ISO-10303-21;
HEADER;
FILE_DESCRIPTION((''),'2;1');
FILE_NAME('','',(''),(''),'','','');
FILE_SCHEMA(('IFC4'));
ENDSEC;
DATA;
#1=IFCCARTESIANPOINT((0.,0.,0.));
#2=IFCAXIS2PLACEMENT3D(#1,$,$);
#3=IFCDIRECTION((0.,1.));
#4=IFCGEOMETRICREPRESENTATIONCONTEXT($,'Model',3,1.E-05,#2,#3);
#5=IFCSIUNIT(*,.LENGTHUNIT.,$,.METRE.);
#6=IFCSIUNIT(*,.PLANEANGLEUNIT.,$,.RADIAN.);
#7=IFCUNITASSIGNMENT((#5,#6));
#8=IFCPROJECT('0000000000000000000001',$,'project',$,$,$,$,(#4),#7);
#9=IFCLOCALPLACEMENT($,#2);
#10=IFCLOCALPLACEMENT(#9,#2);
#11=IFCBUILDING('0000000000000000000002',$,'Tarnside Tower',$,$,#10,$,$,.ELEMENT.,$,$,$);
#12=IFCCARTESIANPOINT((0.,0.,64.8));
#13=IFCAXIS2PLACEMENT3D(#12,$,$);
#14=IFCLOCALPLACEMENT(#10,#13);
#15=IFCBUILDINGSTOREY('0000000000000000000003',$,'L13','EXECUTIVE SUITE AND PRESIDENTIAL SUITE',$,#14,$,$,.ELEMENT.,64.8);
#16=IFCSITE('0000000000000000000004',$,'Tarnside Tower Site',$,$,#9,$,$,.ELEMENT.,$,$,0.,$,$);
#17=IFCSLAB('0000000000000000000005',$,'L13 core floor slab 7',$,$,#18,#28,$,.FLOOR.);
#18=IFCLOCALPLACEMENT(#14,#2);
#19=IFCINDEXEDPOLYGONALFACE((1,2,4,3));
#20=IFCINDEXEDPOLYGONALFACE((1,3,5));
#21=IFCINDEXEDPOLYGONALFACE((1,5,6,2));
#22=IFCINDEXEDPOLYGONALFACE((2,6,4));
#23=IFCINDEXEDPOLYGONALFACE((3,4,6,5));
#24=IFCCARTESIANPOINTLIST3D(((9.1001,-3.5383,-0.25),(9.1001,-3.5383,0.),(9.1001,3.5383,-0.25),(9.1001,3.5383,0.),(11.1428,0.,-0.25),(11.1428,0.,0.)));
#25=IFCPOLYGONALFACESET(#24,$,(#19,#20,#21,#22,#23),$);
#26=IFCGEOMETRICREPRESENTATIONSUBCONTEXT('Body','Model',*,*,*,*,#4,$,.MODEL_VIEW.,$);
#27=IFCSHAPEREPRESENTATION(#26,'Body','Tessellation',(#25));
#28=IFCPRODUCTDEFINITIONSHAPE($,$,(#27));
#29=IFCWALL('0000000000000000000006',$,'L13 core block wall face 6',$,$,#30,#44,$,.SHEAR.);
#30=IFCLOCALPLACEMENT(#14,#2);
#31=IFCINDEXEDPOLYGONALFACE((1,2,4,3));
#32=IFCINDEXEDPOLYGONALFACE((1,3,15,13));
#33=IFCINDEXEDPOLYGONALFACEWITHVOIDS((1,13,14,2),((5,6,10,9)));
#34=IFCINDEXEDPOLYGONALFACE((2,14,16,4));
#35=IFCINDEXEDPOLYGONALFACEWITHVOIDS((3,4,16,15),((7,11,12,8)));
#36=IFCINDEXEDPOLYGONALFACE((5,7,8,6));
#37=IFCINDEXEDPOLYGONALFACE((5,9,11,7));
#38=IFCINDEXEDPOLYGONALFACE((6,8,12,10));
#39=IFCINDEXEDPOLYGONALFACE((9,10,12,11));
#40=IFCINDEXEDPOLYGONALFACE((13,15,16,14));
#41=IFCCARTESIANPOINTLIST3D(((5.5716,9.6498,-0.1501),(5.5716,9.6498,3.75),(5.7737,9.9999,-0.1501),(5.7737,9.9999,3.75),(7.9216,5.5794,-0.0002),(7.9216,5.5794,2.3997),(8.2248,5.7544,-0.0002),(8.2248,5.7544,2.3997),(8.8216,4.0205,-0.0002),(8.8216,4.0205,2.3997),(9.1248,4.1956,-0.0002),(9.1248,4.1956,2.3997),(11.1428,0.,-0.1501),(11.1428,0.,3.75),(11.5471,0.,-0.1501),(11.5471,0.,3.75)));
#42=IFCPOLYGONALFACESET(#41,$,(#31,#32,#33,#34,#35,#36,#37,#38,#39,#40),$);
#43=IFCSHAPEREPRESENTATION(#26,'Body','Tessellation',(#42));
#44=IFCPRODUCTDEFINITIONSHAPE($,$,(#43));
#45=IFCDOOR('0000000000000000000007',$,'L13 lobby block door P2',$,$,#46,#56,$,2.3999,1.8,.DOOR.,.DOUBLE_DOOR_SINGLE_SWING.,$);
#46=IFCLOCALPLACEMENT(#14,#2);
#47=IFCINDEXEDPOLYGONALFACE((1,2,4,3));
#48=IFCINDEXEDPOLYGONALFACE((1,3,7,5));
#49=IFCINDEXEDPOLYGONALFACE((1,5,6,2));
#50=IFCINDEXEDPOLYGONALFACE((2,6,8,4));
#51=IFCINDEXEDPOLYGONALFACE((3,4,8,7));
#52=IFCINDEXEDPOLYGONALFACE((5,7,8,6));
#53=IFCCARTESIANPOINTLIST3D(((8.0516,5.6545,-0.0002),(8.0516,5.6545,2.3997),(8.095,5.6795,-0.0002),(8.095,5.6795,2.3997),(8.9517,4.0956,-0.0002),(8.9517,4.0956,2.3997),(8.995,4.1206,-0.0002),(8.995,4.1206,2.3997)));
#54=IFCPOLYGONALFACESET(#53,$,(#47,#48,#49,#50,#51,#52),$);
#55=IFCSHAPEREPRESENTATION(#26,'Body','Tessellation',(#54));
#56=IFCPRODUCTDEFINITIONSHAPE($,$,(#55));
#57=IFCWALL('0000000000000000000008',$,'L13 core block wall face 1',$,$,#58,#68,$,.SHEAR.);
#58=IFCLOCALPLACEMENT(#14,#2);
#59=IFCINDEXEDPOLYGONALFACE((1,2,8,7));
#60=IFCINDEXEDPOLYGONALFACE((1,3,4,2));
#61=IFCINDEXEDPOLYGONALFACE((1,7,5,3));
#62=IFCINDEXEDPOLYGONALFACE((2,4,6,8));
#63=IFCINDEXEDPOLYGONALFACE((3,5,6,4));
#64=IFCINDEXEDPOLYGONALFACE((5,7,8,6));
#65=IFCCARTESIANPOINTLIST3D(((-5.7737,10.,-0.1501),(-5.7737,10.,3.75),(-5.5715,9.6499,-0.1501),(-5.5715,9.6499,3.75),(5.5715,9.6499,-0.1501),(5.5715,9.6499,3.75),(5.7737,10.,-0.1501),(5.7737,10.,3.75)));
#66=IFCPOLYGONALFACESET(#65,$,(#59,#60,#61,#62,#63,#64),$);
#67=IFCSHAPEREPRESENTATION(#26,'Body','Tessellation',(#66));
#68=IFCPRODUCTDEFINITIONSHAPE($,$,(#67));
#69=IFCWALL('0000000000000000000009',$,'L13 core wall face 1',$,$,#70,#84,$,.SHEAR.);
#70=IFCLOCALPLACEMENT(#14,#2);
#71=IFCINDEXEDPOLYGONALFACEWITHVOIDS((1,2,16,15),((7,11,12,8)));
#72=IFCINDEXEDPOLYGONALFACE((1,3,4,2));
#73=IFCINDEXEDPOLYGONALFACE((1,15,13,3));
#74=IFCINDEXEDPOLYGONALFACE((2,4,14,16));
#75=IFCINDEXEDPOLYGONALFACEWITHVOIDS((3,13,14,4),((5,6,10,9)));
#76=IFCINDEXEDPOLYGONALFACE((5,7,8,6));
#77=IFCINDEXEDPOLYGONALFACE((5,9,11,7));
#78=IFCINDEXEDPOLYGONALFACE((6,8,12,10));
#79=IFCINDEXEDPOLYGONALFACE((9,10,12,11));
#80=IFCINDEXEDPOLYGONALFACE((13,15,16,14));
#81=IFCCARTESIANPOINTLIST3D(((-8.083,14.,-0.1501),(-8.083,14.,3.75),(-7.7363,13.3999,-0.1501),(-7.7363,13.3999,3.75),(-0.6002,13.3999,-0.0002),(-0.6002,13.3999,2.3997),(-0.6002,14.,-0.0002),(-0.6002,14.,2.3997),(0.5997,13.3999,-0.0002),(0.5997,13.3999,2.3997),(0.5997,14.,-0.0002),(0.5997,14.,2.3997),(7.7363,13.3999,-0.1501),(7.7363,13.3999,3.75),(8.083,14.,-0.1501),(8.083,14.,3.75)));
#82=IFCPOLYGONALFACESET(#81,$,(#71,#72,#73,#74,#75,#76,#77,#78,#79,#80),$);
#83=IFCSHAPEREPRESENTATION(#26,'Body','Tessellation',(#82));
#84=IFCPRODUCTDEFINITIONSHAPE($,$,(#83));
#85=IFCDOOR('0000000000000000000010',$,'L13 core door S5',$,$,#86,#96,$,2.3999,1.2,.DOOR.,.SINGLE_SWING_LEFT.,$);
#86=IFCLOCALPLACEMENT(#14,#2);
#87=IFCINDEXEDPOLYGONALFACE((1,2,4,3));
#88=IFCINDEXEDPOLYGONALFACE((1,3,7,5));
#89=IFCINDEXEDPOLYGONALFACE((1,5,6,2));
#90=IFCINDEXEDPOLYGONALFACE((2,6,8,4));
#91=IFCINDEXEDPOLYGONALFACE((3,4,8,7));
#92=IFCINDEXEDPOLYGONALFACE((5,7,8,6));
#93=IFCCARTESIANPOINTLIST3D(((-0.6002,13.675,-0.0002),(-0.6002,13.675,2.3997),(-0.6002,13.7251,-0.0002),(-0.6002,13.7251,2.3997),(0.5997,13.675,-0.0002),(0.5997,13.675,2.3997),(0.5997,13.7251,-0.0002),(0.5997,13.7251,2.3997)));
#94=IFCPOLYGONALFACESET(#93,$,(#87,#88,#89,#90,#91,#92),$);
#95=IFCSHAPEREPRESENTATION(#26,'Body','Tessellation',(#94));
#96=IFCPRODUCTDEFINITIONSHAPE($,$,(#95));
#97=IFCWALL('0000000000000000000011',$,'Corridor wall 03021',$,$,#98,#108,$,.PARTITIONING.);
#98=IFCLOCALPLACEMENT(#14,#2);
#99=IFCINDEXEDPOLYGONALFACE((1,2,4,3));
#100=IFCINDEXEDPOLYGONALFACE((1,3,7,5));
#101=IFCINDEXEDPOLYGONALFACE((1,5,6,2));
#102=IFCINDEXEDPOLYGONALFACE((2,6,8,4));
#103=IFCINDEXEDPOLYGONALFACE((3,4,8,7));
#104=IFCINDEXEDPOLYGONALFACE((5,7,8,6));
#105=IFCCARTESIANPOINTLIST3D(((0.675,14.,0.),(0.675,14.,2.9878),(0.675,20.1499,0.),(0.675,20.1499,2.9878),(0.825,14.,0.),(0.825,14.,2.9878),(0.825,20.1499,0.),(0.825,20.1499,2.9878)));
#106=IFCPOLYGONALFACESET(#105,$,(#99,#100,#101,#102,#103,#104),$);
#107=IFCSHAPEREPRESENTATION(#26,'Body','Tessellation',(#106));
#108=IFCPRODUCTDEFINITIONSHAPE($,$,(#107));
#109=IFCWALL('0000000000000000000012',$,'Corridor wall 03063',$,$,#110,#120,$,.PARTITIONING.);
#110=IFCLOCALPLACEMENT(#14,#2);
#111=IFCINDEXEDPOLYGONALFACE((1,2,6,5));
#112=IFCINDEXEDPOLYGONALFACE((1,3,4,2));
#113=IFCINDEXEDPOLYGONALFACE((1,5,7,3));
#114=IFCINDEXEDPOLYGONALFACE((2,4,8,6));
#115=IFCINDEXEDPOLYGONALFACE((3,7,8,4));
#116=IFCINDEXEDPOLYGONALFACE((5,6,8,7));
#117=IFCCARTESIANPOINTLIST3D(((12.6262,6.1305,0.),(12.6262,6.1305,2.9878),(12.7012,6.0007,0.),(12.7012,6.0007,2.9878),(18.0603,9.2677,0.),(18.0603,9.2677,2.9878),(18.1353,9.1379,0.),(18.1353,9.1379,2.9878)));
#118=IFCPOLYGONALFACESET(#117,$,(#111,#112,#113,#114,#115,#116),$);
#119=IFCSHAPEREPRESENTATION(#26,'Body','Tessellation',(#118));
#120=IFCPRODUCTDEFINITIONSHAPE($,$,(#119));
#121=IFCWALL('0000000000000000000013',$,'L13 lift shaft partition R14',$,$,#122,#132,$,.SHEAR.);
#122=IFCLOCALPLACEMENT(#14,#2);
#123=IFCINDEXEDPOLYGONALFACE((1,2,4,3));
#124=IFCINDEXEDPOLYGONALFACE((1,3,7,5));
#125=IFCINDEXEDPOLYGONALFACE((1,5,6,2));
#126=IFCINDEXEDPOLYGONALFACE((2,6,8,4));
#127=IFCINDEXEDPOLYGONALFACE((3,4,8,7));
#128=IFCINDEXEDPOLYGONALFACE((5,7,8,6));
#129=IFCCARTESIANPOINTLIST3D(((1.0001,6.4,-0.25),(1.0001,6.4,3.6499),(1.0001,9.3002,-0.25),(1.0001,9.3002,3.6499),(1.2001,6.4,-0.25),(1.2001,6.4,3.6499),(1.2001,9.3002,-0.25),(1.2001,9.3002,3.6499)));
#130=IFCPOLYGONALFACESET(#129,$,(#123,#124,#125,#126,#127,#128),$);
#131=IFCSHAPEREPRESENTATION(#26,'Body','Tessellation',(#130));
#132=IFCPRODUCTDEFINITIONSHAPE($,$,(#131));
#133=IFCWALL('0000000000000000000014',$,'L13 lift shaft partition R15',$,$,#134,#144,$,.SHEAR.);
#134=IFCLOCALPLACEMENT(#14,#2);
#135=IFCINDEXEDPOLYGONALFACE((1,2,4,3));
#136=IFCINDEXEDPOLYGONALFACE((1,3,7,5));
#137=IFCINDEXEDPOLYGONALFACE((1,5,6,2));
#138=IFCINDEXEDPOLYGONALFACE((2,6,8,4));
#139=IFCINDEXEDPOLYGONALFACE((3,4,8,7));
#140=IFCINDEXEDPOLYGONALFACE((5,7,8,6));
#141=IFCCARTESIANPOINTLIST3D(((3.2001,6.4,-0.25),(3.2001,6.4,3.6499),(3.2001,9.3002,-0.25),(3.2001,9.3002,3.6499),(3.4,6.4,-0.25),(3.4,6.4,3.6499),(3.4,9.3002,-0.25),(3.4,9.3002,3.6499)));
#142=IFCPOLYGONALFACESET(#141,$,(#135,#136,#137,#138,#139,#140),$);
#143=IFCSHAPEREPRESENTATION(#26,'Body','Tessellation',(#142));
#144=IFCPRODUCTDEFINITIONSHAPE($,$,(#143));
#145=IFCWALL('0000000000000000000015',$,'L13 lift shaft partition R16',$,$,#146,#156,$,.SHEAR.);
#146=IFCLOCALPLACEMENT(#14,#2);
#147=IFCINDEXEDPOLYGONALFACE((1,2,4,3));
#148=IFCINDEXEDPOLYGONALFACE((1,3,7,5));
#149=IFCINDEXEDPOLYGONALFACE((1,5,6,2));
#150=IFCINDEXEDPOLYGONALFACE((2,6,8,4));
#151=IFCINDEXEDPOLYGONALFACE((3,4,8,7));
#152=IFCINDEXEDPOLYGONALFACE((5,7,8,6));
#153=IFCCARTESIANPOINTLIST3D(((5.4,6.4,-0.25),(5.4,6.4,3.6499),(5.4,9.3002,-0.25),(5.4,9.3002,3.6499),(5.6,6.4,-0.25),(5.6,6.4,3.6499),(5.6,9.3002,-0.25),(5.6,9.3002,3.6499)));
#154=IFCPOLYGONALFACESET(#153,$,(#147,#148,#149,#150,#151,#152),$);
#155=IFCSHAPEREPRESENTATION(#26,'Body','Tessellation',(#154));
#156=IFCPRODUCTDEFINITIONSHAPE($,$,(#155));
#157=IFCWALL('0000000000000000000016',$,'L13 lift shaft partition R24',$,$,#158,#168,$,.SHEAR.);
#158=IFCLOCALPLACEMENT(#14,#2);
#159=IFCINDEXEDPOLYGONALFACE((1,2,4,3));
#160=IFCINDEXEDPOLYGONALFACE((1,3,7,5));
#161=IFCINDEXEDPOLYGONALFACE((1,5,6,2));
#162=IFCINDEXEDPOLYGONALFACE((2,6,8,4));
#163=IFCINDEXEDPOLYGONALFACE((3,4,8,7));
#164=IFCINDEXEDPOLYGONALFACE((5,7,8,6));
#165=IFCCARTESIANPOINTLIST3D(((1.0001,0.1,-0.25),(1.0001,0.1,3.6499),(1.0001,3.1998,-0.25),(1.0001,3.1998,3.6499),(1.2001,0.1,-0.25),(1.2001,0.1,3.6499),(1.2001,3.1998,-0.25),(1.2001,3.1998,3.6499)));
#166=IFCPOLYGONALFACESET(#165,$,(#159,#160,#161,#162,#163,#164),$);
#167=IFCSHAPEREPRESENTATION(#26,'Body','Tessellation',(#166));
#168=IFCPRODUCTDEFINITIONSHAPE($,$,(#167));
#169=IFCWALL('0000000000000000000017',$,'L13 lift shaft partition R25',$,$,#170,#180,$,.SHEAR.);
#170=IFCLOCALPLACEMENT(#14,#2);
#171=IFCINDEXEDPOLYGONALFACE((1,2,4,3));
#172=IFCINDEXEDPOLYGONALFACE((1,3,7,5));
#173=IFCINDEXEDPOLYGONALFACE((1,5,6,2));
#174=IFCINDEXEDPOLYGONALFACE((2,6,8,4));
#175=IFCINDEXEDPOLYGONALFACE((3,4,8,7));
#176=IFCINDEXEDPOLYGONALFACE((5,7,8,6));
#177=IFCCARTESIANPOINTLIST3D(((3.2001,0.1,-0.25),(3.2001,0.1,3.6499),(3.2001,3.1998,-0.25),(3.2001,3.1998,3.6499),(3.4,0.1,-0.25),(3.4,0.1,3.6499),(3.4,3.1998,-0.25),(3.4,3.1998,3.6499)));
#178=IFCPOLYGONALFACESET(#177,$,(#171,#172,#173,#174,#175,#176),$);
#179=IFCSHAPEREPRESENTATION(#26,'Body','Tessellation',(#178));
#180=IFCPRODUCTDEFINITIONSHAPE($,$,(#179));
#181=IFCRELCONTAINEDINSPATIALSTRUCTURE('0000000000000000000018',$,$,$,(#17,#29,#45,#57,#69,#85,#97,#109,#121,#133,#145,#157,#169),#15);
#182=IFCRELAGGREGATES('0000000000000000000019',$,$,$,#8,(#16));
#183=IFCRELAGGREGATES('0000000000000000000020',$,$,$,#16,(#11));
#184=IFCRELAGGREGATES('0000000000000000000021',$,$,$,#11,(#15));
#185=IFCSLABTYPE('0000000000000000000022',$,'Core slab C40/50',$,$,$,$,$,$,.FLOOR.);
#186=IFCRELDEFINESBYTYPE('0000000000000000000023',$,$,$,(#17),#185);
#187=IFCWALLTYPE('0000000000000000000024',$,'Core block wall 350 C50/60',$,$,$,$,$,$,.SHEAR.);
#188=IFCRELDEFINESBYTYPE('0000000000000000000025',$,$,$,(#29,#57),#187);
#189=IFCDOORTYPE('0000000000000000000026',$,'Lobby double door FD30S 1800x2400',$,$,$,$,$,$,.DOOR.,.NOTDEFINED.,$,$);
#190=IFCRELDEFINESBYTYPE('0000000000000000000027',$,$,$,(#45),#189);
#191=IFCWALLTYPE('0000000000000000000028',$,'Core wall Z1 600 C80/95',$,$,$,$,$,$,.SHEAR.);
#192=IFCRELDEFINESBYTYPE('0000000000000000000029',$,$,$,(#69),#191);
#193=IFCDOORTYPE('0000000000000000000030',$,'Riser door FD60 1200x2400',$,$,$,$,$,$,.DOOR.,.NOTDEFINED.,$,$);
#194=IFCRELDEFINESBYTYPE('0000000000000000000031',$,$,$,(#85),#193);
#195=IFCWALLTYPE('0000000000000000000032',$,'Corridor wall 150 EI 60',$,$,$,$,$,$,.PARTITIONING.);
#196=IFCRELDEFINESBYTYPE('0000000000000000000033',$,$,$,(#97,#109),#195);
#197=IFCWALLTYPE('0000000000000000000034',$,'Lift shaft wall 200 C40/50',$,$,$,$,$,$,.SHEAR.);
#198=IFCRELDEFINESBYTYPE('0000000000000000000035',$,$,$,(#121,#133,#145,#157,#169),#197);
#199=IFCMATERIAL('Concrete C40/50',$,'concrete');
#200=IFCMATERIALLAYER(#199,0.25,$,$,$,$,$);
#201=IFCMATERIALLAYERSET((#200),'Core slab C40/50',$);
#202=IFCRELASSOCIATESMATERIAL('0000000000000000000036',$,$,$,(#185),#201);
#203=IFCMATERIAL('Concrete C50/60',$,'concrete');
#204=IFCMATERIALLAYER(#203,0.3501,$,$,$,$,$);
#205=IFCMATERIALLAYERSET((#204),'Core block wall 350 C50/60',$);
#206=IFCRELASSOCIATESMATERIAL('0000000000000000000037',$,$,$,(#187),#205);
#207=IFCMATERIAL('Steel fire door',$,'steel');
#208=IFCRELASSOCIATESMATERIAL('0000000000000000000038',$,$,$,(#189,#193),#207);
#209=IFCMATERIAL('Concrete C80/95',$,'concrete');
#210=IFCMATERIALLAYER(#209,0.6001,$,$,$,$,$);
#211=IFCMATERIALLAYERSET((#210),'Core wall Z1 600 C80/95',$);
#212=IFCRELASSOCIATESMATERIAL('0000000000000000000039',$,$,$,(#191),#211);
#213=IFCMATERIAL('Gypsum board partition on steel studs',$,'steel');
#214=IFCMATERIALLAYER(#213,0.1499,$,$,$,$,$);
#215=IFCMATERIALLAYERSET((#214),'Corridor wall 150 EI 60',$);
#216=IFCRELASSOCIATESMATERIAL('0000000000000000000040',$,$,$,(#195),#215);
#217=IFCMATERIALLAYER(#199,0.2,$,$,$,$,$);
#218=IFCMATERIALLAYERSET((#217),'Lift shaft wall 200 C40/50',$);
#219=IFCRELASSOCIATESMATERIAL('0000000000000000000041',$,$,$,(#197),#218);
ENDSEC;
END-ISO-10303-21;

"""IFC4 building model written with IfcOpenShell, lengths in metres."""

from ifc_helpers import new_model, si_unit, direction, frame, frame_2d, origin, place, context, subcontext, project, spatial, polyline, rectangle, outline, extrude, material, layer, layer_set, type_object, element, fill, save


model = new_model("IFC4")

# Units and contexts
model_context = context("Model", 3, precision=1e-05, world=origin(), true_north=direction((0.0, 1.0)))
body_context = subcontext(model_context, "Body", "Model", "MODEL_VIEW")
ifc_project = project(units=[si_unit("LENGTHUNIT", "METRE"), si_unit("PLANEANGLEUNIT", "RADIAN")], contexts=[model_context])

# Site, building, storey
site_placement = place(None, origin())
site = spatial("IfcSite", under=ifc_project, at=site_placement, Name="Tarnside Tower Site", CompositionType="ELEMENT", RefElevation=0.0)
building_placement = place(site_placement, origin())
building = spatial("IfcBuilding", under=site, at=building_placement, Name="Tarnside Tower", CompositionType="ELEMENT")
storey_placement = place(building_placement, frame((0.0, 0.0, 64.8)))
storey = spatial("IfcBuildingStorey", under=building, at=storey_placement, Name="L13", Description="EXECUTIVE SUITE AND PRESIDENTIAL SUITE", CompositionType="ELEMENT", Elevation=64.8)

# Slab
ifc_material_1 = material(Name="Concrete C40/50", Category="concrete")
ifc_layer_1 = layer(ifc_material_1, 0.25)
ifc_layer_set_1 = layer_set([ifc_layer_1], Name="Core slab C40/50")
slab_type = type_object("IfcSlabType", Name="Core slab C40/50", PredefinedType="FLOOR", material=ifc_layer_set_1)
slab_placement = place(storey_placement, frame((0.0, 0.0, -0.25)))
element("IfcSlab", 1, at=slab_placement, inside=storey, type_object=slab_type, Name="L13 core floor slab 7", PredefinedType="FLOOR", context=body_context, shape_type="SweptSolid", body=[
    extrude(outline(polyline([(9.1001, -3.5383), (9.1001, 3.5383), (11.1428, 0.0), (9.1001, -3.5383)])), origin(), (0.0, 0.0, 1.0), 0.25),
])

# Wall, opening, door
ifc_material_2 = material(Name="Concrete C50/60", Category="concrete")
ifc_layer_2 = layer(ifc_material_2, 0.3501)
ifc_layer_set_2 = layer_set([ifc_layer_2], Name="Core block wall 350 C50/60")
wall_type_1 = type_object("IfcWallType", Name="Core block wall 350 C50/60", PredefinedType="SHEAR", material=ifc_layer_set_2)
wall_1_placement = place(storey_placement, frame((11.345, 0.0, -0.1501), z_axis=(0.0, 0.0, 1.0), x_axis=(-0.499995, 0.866028, 0.0)))
wall_1 = element("IfcWall", 2, at=wall_1_placement, inside=storey, type_object=wall_type_1, Name="L13 core block wall face 6", PredefinedType="SHEAR", context=body_context, shape_type="SweptSolid", body=[
    extrude(outline(polyline([(-0.1011, -0.175), (11.4458, -0.175), (11.2437, 0.175), (0.1011, 0.175), (-0.1011, -0.175)])), origin(), (0.0, 0.0, 1.0), 3.9001),
])
opening_1_placement = place(wall_1_placement, frame((4.7437, 0.0, 0.1499)))
opening_1 = element("IfcOpeningElement", 3, at=opening_1_placement, cuts=wall_1, PredefinedType="OPENING", context=body_context, shape_type="SweptSolid", body=[
    extrude(rectangle(XDim=1.8, YDim=2.3999, at=frame_2d((0.8999, 1.2))), frame((0.0, 0.1851, 0.0), z_axis=(0.0, -1.0, 0.0), x_axis=(1.0, 0.0, 0.0)), (0.0, 0.0, 1.0), 0.3701),
])
ifc_material_3 = material(Name="Steel fire door", Category="steel")
door_type_1 = type_object("IfcDoorType", Name="Lobby double door FD30S 1800x2400", OperationType="NOTDEFINED", PredefinedType="DOOR", material=ifc_material_3)
door_1_placement = place(opening_1_placement, origin())
door_1 = element("IfcDoor", 4, at=door_1_placement, inside=storey, type_object=door_type_1, Name="L13 lobby block door P2", OperationType="DOUBLE_DOOR_SINGLE_SWING", OverallHeight=2.3999, OverallWidth=1.8, PredefinedType="DOOR", context=body_context, shape_type="SweptSolid", body=[
    extrude(rectangle(XDim=1.8, YDim=2.3999, at=frame_2d((0.8999, 1.2))), frame((0.0, 0.0249, 0.0), z_axis=(0.0, -1.0, 0.0), x_axis=(1.0, 0.0, 0.0)), (0.0, 0.0, 1.0), 0.05),
])
fill(opening_1, door_1)

# Wall
wall_2_placement = place(storey_placement, frame((5.6726, 9.825, -0.1501), z_axis=(0.0, 0.0, 1.0), x_axis=(-1.0, 0.0, 0.0)))
element("IfcWall", 5, at=wall_2_placement, inside=storey, type_object=wall_type_1, Name="L13 core block wall face 1", PredefinedType="SHEAR", context=body_context, shape_type="SweptSolid", body=[
    extrude(outline(polyline([(-0.1011, -0.175), (11.4463, -0.175), (11.2441, 0.175), (0.1011, 0.175), (-0.1011, -0.175)])), origin(), (0.0, 0.0, 1.0), 3.9001),
])

# Wall, opening, door
ifc_material_4 = material(Name="Concrete C80/95", Category="concrete")
ifc_layer_3 = layer(ifc_material_4, 0.6001)
ifc_layer_set_3 = layer_set([ifc_layer_3], Name="Core wall Z1 600 C80/95")
wall_type_2 = type_object("IfcWallType", Name="Core wall Z1 600 C80/95", PredefinedType="SHEAR", material=ifc_layer_set_3)
wall_3_placement = place(storey_placement, frame((7.9097, 13.7, -0.1501), z_axis=(0.0, 0.0, 1.0), x_axis=(-1.0, 0.0, 0.0)))
wall_3 = element("IfcWall", 6, at=wall_3_placement, inside=storey, type_object=wall_type_2, Name="L13 core wall face 1", PredefinedType="SHEAR", context=body_context, shape_type="SweptSolid", body=[
    extrude(outline(polyline([(-0.1733, -0.3), (15.9927, -0.3), (15.646, 0.3), (0.1733, 0.3), (-0.1733, -0.3)])), origin(), (0.0, 0.0, 1.0), 3.9001),
])
opening_2_placement = place(wall_3_placement, frame((7.3098, 0.0, 0.1499)))
opening_2 = element("IfcOpeningElement", 7, at=opening_2_placement, cuts=wall_3, PredefinedType="OPENING", context=body_context, shape_type="SweptSolid", body=[
    extrude(rectangle(XDim=1.2, YDim=2.3999, at=frame_2d((0.6001, 1.2))), frame((0.0, 0.3101, 0.0), z_axis=(0.0, -1.0, 0.0), x_axis=(1.0, 0.0, 0.0)), (0.0, 0.0, 1.0), 0.6201),
])
door_type_2 = type_object("IfcDoorType", Name="Riser door FD60 1200x2400", OperationType="NOTDEFINED", PredefinedType="DOOR", material=ifc_material_3)
door_2_placement = place(opening_2_placement, origin())
door_2 = element("IfcDoor", 8, at=door_2_placement, inside=storey, type_object=door_type_2, Name="L13 core door S5", OperationType="SINGLE_SWING_LEFT", OverallHeight=2.3999, OverallWidth=1.2, PredefinedType="DOOR", context=body_context, shape_type="SweptSolid", body=[
    extrude(rectangle(XDim=1.2, YDim=2.3999, at=frame_2d((0.6001, 1.2))), frame((0.0, 0.0249, 0.0), z_axis=(0.0, -1.0, 0.0), x_axis=(1.0, 0.0, 0.0)), (0.0, 0.0, 1.0), 0.05),
])
fill(opening_2, door_2)

# Walls
ifc_material_5 = material(Name="Gypsum board partition on steel studs", Category="steel")
ifc_layer_4 = layer(ifc_material_5, 0.1499)
ifc_layer_set_4 = layer_set([ifc_layer_4], Name="Corridor wall 150 EI 60")
wall_type_3 = type_object("IfcWallType", Name="Corridor wall 150 EI 60", PredefinedType="PARTITIONING", material=ifc_layer_set_4)
wall_4_placement = place(storey_placement, frame((0.75, 14.0, 0.0), z_axis=(0.0, 0.0, 1.0), x_axis=(0.0, 1.0, 0.0)))
element("IfcWall", 9, at=wall_4_placement, inside=storey, type_object=wall_type_3, Name="Corridor wall 03021", PredefinedType="PARTITIONING", context=body_context, shape_type="SweptSolid", body=[
    extrude(rectangle(XDim=6.1499, YDim=0.1499, at=frame_2d((3.075, 0.0))), origin(), (0.0, 0.0, 1.0), 2.9878),
])
wall_5_placement = place(storey_placement, frame((12.6638, 6.0657, 0.0), z_axis=(0.0, 0.0, 1.0), x_axis=(0.866037, 0.499981, 0.0)))
element("IfcWall", 10, at=wall_5_placement, inside=storey, type_object=wall_type_3, Name="Corridor wall 03063", PredefinedType="PARTITIONING", context=body_context, shape_type="SweptSolid", body=[
    extrude(rectangle(XDim=6.2747, YDim=0.1499, at=frame_2d((3.1372, 0.0))), origin(), (0.0, 0.0, 1.0), 2.9878),
])
ifc_layer_5 = layer(ifc_material_1, 0.2)
ifc_layer_set_5 = layer_set([ifc_layer_5], Name="Lift shaft wall 200 C40/50")
wall_type_4 = type_object("IfcWallType", Name="Lift shaft wall 200 C40/50", PredefinedType="SHEAR", material=ifc_layer_set_5)
for number, where, z_axis, x_axis, name in (
    (11, (1.1001, 6.3999, -0.25), (0.0, 0.0, 1.0), (0.0, 1.0, 0.0), "L13 lift shaft partition R14"),
    (12, (3.3, 6.3999, -0.25), (0.0, 0.0, 1.0), (0.0, 1.0, 0.0), "L13 lift shaft partition R15"),
    (13, (5.5, 6.3999, -0.25), (0.0, 0.0, 1.0), (0.0, 1.0, 0.0), "L13 lift shaft partition R16"),
):
    element("IfcWall", number, at=place(storey_placement, frame(where, z_axis=z_axis, x_axis=x_axis)), inside=storey, type_object=wall_type_4, Name=name, PredefinedType="SHEAR", context=body_context, shape_type="SweptSolid", body=[
        extrude(rectangle(XDim=2.9001, YDim=0.2, at=frame_2d((1.4502, 0.0))), origin(), (0.0, 0.0, 1.0), 3.8999),
    ])
for number, where, z_axis, x_axis, name in (
    (14, (1.1001, 0.1001, -0.25), (0.0, 0.0, 1.0), (0.0, 1.0, 0.0), "L13 lift shaft partition R24"),
    (15, (3.3, 0.1001, -0.25), (0.0, 0.0, 1.0), (0.0, 1.0, 0.0), "L13 lift shaft partition R25"),
):
    element("IfcWall", number, at=place(storey_placement, frame(where, z_axis=z_axis, x_axis=x_axis)), inside=storey, type_object=wall_type_4, Name=name, PredefinedType="SHEAR", context=body_context, shape_type="SweptSolid", body=[
        extrude(rectangle(XDim=3.0999, YDim=0.2, at=frame_2d((1.5498, 0.0))), origin(), (0.0, 0.0, 1.0), 3.8999),
    ])

save(model, "model.ifc")
